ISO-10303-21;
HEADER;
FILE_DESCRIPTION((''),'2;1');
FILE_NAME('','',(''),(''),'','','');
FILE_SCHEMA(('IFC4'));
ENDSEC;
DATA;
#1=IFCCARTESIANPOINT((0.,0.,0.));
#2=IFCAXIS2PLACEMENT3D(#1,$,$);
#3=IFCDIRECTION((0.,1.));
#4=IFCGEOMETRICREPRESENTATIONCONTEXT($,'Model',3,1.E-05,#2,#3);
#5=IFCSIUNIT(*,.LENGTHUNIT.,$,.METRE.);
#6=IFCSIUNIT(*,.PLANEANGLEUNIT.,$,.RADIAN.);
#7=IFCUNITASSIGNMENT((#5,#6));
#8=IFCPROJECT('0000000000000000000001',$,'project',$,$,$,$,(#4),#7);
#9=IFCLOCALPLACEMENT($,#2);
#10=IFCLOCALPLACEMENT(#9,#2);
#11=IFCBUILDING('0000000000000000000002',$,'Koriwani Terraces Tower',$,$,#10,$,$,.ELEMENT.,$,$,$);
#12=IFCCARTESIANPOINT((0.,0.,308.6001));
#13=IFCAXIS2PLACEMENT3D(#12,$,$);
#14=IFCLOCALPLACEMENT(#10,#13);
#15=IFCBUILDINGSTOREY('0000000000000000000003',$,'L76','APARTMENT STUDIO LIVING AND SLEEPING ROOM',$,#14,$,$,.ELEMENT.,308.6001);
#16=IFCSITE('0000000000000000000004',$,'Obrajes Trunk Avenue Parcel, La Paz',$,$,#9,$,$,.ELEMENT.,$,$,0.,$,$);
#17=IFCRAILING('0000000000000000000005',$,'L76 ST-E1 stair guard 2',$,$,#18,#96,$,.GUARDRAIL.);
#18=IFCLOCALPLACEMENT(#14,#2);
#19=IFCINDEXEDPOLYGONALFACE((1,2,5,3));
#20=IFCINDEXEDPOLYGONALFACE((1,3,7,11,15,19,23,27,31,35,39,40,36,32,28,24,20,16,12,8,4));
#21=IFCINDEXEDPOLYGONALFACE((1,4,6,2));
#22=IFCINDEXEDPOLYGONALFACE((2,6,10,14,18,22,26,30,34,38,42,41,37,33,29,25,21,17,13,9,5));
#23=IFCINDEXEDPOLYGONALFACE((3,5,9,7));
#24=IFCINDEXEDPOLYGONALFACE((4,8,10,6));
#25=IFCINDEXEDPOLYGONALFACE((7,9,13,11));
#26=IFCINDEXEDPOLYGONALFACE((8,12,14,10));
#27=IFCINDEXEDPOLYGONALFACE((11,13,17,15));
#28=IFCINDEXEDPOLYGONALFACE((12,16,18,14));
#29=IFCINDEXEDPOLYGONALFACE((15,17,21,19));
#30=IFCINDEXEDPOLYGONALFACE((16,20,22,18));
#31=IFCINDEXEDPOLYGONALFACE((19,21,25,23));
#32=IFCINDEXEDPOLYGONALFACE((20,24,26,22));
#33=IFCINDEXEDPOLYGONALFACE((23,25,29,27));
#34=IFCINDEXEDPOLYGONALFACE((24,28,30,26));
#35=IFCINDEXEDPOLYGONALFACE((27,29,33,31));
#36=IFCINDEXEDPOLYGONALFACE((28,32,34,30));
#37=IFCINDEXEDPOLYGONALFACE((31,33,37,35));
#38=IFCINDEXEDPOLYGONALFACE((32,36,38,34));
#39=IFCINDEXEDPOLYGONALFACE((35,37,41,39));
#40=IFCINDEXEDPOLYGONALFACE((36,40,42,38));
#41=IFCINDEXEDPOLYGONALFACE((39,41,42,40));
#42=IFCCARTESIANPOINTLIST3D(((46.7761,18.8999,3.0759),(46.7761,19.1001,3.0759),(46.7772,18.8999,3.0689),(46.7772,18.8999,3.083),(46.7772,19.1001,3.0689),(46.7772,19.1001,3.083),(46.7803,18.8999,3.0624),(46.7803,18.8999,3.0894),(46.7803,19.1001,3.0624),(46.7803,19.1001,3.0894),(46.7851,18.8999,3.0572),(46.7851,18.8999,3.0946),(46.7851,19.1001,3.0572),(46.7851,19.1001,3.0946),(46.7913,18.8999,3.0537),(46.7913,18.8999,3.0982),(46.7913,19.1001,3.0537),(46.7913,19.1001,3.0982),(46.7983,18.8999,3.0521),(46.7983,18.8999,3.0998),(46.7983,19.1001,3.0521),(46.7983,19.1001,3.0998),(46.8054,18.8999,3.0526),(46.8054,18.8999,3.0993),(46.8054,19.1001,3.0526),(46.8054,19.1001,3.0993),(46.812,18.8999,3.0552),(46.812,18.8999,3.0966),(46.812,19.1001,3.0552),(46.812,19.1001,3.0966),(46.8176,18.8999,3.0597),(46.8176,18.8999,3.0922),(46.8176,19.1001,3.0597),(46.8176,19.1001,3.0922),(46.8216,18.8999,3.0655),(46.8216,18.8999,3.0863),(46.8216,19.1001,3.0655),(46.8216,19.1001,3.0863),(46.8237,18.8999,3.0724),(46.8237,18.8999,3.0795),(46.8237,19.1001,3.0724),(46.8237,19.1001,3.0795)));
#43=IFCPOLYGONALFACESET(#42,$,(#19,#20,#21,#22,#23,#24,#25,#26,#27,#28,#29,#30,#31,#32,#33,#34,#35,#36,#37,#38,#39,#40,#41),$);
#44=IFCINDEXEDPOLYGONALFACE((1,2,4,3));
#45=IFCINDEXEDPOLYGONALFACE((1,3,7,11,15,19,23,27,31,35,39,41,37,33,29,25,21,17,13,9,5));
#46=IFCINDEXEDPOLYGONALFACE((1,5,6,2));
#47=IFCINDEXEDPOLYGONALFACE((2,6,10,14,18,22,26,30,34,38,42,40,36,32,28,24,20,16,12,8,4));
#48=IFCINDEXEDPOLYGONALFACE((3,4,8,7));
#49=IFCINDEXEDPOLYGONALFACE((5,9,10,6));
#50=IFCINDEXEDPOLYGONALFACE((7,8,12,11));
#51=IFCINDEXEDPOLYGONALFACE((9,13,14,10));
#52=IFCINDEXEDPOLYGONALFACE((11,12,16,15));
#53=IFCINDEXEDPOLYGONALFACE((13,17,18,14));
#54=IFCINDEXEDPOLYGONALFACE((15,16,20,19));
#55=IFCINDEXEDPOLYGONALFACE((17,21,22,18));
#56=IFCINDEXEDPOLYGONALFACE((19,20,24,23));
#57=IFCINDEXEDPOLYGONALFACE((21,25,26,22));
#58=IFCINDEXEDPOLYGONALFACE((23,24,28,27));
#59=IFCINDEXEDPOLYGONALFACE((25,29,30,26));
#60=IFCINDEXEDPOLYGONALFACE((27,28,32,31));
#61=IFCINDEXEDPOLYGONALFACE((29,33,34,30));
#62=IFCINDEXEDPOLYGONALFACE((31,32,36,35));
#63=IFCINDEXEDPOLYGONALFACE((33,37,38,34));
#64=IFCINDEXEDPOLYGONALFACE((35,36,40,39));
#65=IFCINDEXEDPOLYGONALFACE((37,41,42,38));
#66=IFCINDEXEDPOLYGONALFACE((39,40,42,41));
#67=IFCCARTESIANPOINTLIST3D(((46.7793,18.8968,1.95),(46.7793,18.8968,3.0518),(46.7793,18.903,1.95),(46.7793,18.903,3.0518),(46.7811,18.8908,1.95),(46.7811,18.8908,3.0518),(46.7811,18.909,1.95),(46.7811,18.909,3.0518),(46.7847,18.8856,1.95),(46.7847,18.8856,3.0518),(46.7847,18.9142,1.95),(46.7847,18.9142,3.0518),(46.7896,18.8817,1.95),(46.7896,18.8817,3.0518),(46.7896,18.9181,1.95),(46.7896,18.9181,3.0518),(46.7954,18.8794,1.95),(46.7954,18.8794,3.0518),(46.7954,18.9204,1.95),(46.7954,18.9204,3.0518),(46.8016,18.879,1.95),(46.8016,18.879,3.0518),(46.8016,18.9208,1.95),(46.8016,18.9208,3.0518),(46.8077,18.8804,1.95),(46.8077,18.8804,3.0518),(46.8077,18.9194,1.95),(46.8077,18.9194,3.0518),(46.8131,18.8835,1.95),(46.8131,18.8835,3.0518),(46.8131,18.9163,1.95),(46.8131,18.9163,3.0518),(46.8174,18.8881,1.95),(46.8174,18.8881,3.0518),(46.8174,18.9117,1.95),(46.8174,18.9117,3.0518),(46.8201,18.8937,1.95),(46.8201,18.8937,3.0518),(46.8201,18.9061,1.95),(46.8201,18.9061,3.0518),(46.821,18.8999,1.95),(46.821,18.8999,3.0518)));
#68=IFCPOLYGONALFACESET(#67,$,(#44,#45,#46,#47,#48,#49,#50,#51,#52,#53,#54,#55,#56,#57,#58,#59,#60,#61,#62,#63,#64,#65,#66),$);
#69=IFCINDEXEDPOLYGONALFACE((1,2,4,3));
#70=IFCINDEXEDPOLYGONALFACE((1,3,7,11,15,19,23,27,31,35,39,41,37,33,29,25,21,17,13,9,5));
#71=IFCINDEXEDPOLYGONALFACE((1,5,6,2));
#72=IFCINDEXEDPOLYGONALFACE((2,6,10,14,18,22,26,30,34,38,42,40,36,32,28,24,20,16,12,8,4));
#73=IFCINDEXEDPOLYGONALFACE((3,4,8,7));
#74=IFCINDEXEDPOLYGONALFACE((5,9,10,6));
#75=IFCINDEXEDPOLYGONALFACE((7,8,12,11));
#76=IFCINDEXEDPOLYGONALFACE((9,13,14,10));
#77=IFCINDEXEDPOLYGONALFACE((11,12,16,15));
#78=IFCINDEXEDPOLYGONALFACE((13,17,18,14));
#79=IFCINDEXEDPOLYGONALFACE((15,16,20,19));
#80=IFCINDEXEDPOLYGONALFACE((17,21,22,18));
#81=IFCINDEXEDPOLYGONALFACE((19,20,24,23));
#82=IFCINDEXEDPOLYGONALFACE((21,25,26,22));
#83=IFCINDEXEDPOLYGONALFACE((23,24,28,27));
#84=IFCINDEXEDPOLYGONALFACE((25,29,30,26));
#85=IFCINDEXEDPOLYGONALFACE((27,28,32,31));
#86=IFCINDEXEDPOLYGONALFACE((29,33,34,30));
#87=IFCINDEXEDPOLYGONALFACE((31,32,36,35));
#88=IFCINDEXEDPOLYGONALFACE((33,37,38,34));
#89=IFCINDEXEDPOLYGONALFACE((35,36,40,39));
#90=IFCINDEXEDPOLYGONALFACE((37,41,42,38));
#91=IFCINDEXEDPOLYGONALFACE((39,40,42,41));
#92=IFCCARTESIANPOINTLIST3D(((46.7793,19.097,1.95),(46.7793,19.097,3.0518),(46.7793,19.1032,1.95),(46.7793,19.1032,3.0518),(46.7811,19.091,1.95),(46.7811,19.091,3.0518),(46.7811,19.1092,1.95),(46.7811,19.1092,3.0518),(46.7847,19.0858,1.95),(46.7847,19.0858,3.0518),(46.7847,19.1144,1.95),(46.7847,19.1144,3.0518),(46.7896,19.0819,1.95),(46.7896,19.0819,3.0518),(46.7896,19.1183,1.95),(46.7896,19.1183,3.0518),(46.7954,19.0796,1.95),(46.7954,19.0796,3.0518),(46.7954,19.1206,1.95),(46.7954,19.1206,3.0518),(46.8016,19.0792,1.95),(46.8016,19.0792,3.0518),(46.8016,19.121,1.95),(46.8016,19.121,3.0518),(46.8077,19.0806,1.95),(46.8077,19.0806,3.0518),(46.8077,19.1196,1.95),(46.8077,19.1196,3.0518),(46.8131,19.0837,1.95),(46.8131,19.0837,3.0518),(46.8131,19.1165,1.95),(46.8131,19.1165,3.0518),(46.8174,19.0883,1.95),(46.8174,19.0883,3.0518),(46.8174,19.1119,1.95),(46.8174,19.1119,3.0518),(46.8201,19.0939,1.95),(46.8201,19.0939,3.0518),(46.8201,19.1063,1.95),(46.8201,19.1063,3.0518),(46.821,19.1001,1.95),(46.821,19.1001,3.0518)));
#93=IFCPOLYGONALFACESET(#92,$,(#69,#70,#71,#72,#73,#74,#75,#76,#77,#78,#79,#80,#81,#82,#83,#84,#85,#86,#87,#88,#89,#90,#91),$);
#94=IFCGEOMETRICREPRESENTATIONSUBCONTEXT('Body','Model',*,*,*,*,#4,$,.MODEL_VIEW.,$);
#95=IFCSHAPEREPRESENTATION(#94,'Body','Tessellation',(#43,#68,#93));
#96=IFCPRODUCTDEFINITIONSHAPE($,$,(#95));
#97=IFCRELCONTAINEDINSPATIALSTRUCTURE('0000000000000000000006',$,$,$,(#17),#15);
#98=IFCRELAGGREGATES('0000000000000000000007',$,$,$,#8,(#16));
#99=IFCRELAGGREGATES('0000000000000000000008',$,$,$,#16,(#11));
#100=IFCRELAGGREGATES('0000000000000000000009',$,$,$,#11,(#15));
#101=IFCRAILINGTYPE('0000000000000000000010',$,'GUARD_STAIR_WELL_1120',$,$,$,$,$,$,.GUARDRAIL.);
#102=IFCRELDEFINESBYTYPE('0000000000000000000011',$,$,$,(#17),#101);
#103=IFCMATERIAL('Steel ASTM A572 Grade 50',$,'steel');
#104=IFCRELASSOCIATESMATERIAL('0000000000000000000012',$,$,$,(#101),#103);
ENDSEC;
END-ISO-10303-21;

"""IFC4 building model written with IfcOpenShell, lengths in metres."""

from ifc_helpers import new_model, si_unit, direction, frame, origin, origin_2d, place, context, subcontext, project, spatial, circle, extrude, material, type_object, element, save


model = new_model("IFC4")

# Units and contexts
model_context = context("Model", 3, precision=1e-05, world=origin(), true_north=direction((0.0, 1.0)))
body_context = subcontext(model_context, "Body", "Model", "MODEL_VIEW")
ifc_project = project(units=[si_unit("LENGTHUNIT", "METRE"), si_unit("PLANEANGLEUNIT", "RADIAN")], contexts=[model_context])

# Site, building, storey
site_placement = place(None, origin())
site = spatial("IfcSite", under=ifc_project, at=site_placement, Name="Obrajes Trunk Avenue Parcel, La Paz", CompositionType="ELEMENT", RefElevation=0.0)
building_placement = place(site_placement, origin())
building = spatial("IfcBuilding", under=site, at=building_placement, Name="Koriwani Terraces Tower", CompositionType="ELEMENT")
storey_placement = place(building_placement, frame((0.0, 0.0, 308.6001)))
storey = spatial("IfcBuildingStorey", under=building, at=storey_placement, Name="L76", Description="APARTMENT STUDIO LIVING AND SLEEPING ROOM", CompositionType="ELEMENT", Elevation=308.6001)

# Shared definitions
ifc_material_1 = material(Name="Steel ASTM A572 Grade 50", Category="steel")

# Railing
railing_type_1 = type_object("IfcRailingType", Name="GUARD_STAIR_WELL_1120", PredefinedType="GUARDRAIL", material=ifc_material_1)
railing_1_placement = place(storey_placement, frame((46.8, 18.8999, 1.95)))
element("IfcRailing", 1, at=railing_1_placement, inside=storey, type_object=railing_type_1, Name="L76 ST-E1 stair guard 2", PredefinedType="GUARDRAIL", context=body_context, shape_type="SweptSolid", body=[
    extrude(circle(Radius=0.0239, at=origin_2d()), frame((0.0, 0.0, 1.126), z_axis=(0.0, 1.0, 0.0), x_axis=(-1.0, 0.0, 0.0)), (0.0, 0.0, 1.0), 0.2002),
    extrude(circle(Radius=0.021, at=origin_2d()), origin(), (0.0, 0.0, 1.0), 1.1018),
    extrude(circle(Radius=0.021, at=origin_2d()), frame((0.0, 0.2002, 0.0)), (0.0, 0.0, 1.0), 1.1018),
])

save(model, "model.ifc")
